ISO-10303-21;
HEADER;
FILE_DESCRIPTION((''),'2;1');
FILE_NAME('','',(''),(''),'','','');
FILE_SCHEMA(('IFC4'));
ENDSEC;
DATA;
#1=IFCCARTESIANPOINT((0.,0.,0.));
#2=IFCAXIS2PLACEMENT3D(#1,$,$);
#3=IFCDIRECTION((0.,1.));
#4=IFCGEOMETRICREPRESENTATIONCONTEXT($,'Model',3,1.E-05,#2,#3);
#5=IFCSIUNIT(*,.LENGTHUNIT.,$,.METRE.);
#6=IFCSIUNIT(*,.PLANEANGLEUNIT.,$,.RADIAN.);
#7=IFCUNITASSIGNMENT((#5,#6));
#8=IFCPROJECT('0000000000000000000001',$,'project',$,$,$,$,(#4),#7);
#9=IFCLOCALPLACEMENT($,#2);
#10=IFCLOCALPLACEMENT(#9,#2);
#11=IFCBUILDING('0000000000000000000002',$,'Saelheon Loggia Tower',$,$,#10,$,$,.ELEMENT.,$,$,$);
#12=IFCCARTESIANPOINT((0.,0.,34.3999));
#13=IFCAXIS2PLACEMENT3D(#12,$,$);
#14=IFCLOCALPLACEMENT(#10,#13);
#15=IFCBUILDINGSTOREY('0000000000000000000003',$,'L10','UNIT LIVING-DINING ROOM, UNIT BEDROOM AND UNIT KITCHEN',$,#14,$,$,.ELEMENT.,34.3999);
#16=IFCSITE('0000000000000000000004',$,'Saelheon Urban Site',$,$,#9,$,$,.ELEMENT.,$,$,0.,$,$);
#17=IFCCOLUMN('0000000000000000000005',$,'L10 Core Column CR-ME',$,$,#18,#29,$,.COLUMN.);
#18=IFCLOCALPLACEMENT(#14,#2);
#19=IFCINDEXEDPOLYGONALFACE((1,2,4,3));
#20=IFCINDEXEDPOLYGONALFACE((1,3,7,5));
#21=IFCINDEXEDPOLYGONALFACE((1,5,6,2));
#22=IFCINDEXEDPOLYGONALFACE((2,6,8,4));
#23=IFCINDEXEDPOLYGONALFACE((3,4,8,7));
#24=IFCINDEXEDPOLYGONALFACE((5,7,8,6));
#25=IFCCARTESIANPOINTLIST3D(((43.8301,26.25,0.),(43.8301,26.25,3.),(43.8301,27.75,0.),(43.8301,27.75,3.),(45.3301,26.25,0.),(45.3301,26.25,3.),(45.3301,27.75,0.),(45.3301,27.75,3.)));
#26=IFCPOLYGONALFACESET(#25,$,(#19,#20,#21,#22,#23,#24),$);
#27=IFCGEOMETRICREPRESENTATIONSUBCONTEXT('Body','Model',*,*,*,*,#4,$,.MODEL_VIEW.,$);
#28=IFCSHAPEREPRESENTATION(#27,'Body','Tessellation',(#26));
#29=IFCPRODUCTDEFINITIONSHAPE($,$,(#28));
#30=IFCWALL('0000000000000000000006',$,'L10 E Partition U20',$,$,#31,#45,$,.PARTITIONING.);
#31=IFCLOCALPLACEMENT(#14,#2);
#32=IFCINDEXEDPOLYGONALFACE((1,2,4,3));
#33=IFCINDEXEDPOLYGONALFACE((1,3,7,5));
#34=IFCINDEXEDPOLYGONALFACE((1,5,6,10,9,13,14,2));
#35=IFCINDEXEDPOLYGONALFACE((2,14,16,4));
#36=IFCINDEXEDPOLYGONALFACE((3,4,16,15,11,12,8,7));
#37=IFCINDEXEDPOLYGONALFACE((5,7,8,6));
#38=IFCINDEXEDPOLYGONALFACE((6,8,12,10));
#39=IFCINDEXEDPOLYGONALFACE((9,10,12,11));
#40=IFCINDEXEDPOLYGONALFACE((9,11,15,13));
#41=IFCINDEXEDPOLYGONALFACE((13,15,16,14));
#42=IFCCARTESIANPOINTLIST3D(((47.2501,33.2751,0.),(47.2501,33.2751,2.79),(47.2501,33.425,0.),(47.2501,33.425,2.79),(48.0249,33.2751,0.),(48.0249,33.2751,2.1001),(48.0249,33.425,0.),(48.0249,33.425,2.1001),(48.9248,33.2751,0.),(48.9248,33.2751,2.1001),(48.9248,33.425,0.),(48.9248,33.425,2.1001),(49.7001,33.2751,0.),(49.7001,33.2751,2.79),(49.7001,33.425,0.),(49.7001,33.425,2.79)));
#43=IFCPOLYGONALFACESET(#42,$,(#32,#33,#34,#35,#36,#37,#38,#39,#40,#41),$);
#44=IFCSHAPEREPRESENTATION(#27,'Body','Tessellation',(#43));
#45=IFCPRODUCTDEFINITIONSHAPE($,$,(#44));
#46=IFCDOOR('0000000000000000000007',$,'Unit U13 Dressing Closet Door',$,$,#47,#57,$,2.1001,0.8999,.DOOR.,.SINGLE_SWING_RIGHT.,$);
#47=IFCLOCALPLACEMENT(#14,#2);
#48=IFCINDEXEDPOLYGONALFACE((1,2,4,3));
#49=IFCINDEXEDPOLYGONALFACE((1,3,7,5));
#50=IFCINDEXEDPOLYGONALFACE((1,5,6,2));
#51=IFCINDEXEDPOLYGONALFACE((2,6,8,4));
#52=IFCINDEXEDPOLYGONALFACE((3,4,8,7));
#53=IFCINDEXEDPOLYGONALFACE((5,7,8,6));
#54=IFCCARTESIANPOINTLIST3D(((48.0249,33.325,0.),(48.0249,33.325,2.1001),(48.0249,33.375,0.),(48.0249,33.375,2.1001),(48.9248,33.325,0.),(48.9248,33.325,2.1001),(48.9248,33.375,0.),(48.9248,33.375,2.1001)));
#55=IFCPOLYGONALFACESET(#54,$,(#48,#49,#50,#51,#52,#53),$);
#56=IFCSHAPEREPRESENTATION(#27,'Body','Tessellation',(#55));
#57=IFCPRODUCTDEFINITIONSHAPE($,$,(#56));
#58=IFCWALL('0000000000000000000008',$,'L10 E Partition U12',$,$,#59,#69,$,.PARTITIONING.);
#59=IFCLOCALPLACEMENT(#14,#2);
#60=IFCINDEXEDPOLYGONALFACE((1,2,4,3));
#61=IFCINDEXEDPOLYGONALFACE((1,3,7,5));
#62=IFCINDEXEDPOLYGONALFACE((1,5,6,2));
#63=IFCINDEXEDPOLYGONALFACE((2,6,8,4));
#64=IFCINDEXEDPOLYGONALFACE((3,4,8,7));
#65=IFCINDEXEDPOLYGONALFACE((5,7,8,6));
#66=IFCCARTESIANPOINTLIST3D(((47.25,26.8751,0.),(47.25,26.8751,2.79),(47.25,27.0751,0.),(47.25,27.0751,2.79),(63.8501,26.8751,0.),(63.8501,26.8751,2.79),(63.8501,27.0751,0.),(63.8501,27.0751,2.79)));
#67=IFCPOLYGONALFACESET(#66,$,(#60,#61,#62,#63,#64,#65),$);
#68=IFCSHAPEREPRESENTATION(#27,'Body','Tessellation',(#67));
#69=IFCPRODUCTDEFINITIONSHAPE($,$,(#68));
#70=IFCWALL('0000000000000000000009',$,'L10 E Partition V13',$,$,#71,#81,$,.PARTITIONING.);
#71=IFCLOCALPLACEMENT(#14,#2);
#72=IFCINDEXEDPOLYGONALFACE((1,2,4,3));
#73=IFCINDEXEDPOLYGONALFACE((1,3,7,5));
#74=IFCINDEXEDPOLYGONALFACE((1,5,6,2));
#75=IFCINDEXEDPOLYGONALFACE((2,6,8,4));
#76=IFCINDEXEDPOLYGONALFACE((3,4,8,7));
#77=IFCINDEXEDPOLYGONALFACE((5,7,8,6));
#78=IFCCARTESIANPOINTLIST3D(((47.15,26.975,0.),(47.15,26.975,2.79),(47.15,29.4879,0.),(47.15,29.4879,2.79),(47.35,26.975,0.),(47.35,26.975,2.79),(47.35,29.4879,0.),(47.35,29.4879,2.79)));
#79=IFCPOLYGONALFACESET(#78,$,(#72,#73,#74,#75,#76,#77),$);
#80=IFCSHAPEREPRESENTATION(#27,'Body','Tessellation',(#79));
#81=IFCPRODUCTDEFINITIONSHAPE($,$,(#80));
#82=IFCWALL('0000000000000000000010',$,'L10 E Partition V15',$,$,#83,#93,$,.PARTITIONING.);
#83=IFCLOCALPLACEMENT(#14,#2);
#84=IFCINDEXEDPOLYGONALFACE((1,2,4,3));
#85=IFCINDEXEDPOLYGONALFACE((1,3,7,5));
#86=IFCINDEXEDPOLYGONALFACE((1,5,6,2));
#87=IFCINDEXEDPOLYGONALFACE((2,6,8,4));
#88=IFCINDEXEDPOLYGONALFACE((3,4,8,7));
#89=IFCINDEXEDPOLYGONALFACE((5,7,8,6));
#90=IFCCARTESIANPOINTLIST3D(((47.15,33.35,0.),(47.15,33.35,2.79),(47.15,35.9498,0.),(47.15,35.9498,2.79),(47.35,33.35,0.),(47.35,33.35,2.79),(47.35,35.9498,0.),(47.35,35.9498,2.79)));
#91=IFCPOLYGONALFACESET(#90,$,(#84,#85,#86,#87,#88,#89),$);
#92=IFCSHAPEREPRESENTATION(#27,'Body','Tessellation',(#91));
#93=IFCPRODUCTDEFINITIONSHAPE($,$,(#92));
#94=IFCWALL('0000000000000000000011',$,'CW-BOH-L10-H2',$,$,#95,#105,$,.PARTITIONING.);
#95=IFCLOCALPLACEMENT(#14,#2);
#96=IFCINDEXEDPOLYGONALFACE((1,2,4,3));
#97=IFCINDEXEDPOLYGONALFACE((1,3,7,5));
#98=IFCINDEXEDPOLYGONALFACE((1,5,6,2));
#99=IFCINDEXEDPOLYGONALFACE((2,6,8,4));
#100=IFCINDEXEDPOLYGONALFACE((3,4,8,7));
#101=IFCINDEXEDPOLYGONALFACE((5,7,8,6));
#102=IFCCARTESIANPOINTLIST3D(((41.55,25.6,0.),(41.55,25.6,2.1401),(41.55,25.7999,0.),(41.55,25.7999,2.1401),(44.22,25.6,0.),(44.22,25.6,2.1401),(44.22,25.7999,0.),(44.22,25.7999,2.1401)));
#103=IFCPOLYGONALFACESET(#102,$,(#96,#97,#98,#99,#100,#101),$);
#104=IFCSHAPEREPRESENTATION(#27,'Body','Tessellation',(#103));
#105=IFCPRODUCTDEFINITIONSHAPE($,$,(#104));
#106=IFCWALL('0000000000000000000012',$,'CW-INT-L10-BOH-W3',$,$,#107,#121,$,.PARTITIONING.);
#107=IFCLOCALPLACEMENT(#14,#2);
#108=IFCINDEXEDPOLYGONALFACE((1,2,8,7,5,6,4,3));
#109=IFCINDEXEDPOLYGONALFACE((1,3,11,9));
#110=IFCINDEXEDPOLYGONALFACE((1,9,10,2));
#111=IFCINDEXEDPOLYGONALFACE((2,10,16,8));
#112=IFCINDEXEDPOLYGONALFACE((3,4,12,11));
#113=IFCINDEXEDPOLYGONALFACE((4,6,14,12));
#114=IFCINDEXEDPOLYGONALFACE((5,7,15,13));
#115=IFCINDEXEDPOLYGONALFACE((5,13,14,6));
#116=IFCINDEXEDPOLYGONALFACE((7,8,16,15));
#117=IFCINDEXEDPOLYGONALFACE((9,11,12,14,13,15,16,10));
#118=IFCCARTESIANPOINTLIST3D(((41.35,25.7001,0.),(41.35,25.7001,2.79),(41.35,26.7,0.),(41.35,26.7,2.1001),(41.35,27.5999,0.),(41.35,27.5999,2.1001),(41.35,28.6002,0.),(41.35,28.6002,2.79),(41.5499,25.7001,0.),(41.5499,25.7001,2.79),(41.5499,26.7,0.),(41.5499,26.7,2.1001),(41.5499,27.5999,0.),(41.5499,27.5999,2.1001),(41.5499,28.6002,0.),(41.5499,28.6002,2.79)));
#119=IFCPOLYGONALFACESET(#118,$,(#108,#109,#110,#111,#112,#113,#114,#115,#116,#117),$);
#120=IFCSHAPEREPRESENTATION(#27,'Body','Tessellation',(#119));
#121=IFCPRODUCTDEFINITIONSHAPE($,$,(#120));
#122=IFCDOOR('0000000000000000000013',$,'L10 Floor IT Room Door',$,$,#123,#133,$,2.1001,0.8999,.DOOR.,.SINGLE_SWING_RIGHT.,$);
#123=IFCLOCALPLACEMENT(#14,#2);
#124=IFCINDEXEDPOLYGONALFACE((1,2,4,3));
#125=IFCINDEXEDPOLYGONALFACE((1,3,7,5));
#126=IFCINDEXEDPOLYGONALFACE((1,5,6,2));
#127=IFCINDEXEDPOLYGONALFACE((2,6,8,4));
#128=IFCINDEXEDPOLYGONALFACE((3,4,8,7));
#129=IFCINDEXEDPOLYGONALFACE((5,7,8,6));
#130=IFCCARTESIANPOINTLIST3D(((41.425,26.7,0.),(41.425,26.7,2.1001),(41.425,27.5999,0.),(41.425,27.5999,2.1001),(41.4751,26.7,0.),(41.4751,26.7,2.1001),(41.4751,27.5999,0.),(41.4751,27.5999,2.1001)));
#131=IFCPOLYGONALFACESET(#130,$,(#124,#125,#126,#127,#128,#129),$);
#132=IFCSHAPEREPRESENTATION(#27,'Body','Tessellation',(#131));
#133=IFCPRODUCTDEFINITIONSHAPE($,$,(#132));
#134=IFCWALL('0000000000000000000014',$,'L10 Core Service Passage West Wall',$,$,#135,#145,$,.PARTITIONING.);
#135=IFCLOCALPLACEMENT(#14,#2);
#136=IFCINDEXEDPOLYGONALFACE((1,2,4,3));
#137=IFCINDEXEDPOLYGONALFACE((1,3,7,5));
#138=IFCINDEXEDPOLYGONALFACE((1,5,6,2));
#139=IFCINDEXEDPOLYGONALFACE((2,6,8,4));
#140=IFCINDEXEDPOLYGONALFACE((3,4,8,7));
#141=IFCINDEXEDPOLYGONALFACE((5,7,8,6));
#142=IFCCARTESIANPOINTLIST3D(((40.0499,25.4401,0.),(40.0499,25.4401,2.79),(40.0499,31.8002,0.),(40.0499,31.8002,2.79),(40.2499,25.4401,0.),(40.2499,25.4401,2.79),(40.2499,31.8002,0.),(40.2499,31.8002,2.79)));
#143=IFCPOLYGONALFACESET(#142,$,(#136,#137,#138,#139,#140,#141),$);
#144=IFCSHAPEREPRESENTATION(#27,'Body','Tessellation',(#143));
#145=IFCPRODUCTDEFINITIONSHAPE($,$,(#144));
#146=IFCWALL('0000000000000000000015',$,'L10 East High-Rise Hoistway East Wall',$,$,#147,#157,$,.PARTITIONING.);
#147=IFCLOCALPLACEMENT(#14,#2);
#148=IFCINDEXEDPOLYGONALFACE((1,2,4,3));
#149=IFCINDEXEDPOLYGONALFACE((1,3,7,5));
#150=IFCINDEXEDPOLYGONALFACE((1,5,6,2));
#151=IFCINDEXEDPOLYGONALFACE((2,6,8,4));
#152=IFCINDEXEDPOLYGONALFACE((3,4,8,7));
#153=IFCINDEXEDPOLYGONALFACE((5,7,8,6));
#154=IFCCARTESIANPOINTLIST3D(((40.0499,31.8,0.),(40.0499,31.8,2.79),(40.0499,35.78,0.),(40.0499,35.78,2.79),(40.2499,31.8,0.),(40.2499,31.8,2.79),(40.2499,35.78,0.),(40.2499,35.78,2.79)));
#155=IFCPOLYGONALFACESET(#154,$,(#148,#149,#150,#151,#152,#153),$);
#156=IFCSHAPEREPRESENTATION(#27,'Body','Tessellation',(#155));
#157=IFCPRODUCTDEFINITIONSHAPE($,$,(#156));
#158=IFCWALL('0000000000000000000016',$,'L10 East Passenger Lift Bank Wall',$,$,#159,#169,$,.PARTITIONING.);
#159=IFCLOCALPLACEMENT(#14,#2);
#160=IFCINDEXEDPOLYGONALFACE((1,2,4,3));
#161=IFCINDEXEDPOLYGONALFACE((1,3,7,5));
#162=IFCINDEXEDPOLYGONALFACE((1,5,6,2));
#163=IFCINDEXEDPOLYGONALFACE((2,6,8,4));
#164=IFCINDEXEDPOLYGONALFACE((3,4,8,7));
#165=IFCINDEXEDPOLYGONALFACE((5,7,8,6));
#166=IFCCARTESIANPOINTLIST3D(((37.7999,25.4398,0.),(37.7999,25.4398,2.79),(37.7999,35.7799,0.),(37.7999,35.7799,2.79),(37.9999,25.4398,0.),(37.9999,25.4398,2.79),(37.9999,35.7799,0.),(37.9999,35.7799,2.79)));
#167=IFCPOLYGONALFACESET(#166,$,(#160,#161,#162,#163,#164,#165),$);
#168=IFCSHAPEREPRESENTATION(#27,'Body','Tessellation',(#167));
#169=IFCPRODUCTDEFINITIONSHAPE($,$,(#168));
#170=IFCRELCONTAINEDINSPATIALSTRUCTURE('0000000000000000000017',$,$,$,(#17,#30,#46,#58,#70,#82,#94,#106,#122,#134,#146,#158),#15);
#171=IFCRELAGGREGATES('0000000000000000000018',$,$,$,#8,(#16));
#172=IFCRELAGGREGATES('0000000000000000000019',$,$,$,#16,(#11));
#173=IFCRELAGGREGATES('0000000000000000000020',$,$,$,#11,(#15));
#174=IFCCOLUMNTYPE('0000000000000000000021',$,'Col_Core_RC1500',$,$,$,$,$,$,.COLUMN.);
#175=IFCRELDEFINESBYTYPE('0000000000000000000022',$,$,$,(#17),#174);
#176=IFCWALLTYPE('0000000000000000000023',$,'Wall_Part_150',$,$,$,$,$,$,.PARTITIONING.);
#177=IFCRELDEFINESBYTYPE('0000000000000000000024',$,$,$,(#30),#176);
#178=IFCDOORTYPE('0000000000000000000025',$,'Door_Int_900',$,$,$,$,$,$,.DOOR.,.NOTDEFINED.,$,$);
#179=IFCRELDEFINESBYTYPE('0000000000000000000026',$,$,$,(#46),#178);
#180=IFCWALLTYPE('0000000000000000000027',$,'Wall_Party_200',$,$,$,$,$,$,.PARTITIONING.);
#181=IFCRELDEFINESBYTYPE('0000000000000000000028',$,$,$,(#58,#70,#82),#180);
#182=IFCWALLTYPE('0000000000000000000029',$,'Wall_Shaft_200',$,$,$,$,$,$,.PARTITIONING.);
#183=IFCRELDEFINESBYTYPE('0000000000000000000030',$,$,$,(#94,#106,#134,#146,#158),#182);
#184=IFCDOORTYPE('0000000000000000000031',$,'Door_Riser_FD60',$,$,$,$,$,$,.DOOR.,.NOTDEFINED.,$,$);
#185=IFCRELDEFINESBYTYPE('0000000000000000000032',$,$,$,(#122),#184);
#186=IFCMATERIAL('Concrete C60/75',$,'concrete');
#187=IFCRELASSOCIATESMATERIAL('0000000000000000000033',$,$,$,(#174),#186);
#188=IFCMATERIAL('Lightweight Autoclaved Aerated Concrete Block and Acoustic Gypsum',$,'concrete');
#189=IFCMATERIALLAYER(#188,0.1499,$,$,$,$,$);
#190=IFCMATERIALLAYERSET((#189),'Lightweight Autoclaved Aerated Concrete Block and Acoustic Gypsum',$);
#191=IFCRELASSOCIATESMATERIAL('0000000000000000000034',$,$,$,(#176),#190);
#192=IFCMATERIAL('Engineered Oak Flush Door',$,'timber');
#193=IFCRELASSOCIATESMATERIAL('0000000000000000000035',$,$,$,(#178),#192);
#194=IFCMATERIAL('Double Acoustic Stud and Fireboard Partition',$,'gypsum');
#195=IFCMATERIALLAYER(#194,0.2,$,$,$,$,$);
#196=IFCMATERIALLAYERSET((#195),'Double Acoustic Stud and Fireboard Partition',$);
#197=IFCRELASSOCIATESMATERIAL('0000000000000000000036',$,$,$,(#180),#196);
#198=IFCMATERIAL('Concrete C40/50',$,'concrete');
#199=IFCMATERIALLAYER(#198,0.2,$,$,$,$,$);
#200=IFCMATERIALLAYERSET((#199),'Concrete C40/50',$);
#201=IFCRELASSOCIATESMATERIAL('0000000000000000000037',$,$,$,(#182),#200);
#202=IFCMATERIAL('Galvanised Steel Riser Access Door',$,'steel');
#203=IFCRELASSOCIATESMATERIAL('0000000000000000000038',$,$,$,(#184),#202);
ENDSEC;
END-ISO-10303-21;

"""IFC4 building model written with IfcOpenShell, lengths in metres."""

from ifc_helpers import new_model, si_unit, direction, frame, frame_2d, origin, origin_2d, place, context, subcontext, project, spatial, rectangle, extrude, source, transform, mapped, material, layer, layer_set, material_profile, profile_set, type_object, element, fill, save


model = new_model("IFC4")

# Units and contexts
model_context = context("Model", 3, precision=1e-05, world=origin(), true_north=direction((0.0, 1.0)))
body_context = subcontext(model_context, "Body", "Model", "MODEL_VIEW")
ifc_project = project(units=[si_unit("LENGTHUNIT", "METRE"), si_unit("PLANEANGLEUNIT", "RADIAN")], contexts=[model_context])

# Site, building, storey
site_placement = place(None, origin())
site = spatial("IfcSite", under=ifc_project, at=site_placement, Name="Saelheon Urban Site", CompositionType="ELEMENT", RefElevation=0.0)
building_placement = place(site_placement, origin())
building = spatial("IfcBuilding", under=site, at=building_placement, Name="Saelheon Loggia Tower", CompositionType="ELEMENT")
storey_placement = place(building_placement, frame((0.0, 0.0, 34.3999)))
storey = spatial("IfcBuildingStorey", under=building, at=storey_placement, Name="L10", Description="UNIT LIVING-DINING ROOM, UNIT BEDROOM AND UNIT KITCHEN", CompositionType="ELEMENT", Elevation=34.3999)

# Column
ifc_material_1 = material(Name="Concrete C60/75", Category="concrete")
ifc_material_profile = material_profile(ifc_material_1, rectangle(XDim=1.5, YDim=1.5, at=origin_2d()), Name="RC-1500x1500")
ifc_profile_set = profile_set([ifc_material_profile], Name="Concrete C60/75")
column_type = type_object("IfcColumnType", Name="Col_Core_RC1500", PredefinedType="COLUMN", material=ifc_profile_set)
shared_shape_1 = source(origin(), body_context, "Body", "SweptSolid", [
    extrude(rectangle(XDim=1.5, YDim=1.5, at=origin_2d()), origin(), (0.0, 0.0, 1.0), 3.0),
])
column_placement = place(storey_placement, frame((44.5801, 27.0, 0.0), z_axis=(0.0, 0.0, 1.0), x_axis=(1.0, 0.0, 0.0)))
element("IfcColumn", 1, at=column_placement, inside=storey, type_object=column_type, Name="L10 Core Column CR-ME", PredefinedType="COLUMN", context=body_context, shape_type="MappedRepresentation", body=[
    mapped(shared_shape_1, transform((0.0, 0.0, 0.0), scale=1.0)),
])

# Wall, opening, door
ifc_material_2 = material(Name="Lightweight Autoclaved Aerated Concrete Block and Acoustic Gypsum", Category="concrete")
ifc_layer_1 = layer(ifc_material_2, 0.1499)
ifc_layer_set_1 = layer_set([ifc_layer_1], Name="Lightweight Autoclaved Aerated Concrete Block and Acoustic Gypsum")
wall_type_1 = type_object("IfcWallType", Name="Wall_Part_150", PredefinedType="PARTITIONING", material=ifc_layer_set_1)
wall_1_placement = place(storey_placement, frame((47.25, 33.3501, 0.0), z_axis=(0.0, 0.0, 1.0), x_axis=(1.0, 0.0, 0.0)))
wall_1 = element("IfcWall", 2, at=wall_1_placement, inside=storey, type_object=wall_type_1, Name="L10 E Partition U20", PredefinedType="PARTITIONING", context=body_context, shape_type="SweptSolid", body=[
    extrude(rectangle(XDim=2.45, YDim=0.1499, at=frame_2d((1.2251, 0.0))), origin(), (0.0, 0.0, 1.0), 2.79),
])
opening_1_placement = place(wall_1_placement, frame((0.7749, 0.0, 0.0)))
opening_1 = element("IfcOpeningElement", 3, at=opening_1_placement, cuts=wall_1, PredefinedType="OPENING", context=body_context, shape_type="SweptSolid", body=[
    extrude(rectangle(XDim=0.8999, YDim=2.1001, at=frame_2d((0.45, 1.05))), frame((0.0, 0.0869, 0.0), z_axis=(0.0, -1.0, 0.0), x_axis=(1.0, 0.0, 0.0)), (0.0, 0.0, 1.0), 0.1738),
])
ifc_material_3 = material(Name="Engineered Oak Flush Door", Category="timber")
door_type_1 = type_object("IfcDoorType", Name="Door_Int_900", OperationType="NOTDEFINED", PredefinedType="DOOR", material=ifc_material_3)
shared_shape_2 = source(origin(), body_context, "Body", "SweptSolid", [
    extrude(rectangle(XDim=0.8999, YDim=2.1001, at=frame_2d((0.45, 1.05))), frame((0.0, 0.0249, 0.0), z_axis=(0.0, -1.0, 0.0), x_axis=(1.0, 0.0, 0.0)), (0.0, 0.0, 1.0), 0.05),
])
door_1_placement = place(opening_1_placement, origin())
door_1 = element("IfcDoor", 4, at=door_1_placement, inside=storey, type_object=door_type_1, Name="Unit U13 Dressing Closet Door", OperationType="SINGLE_SWING_RIGHT", OverallHeight=2.1001, OverallWidth=0.8999, PredefinedType="DOOR", context=body_context, shape_type="MappedRepresentation", body=[
    mapped(shared_shape_2, transform((0.0, 0.0, 0.0), scale=1.0)),
])
fill(opening_1, door_1)

# Walls
ifc_material_4 = material(Name="Double Acoustic Stud and Fireboard Partition", Category="gypsum")
ifc_layer_2 = layer(ifc_material_4, 0.2)
ifc_layer_set_2 = layer_set([ifc_layer_2], Name="Double Acoustic Stud and Fireboard Partition")
wall_type_2 = type_object("IfcWallType", Name="Wall_Party_200", PredefinedType="PARTITIONING", material=ifc_layer_set_2)
wall_2_placement = place(storey_placement, frame((47.25, 26.9751, 0.0), z_axis=(0.0, 0.0, 1.0), x_axis=(1.0, 0.0, 0.0)))
element("IfcWall", 5, at=wall_2_placement, inside=storey, type_object=wall_type_2, Name="L10 E Partition U12", PredefinedType="PARTITIONING", context=body_context, shape_type="SweptSolid", body=[
    extrude(rectangle(XDim=16.6001, YDim=0.2, at=frame_2d((8.3, 0.0))), origin(), (0.0, 0.0, 1.0), 2.79),
])
wall_3_placement = place(storey_placement, frame((47.25, 26.9751, 0.0), z_axis=(0.0, 0.0, 1.0), x_axis=(0.0, 1.0, 0.0)))
element("IfcWall", 6, at=wall_3_placement, inside=storey, type_object=wall_type_2, Name="L10 E Partition V13", PredefinedType="PARTITIONING", context=body_context, shape_type="SweptSolid", body=[
    extrude(rectangle(XDim=2.5129, YDim=0.2, at=frame_2d((1.2563, 0.0))), origin(), (0.0, 0.0, 1.0), 2.79),
])

# Walls
wall_4_placement = place(storey_placement, frame((47.25, 33.3501, 0.0), z_axis=(0.0, 0.0, 1.0), x_axis=(0.0, 1.0, 0.0)))
element("IfcWall", 7, at=wall_4_placement, inside=storey, type_object=wall_type_2, Name="L10 E Partition V15", PredefinedType="PARTITIONING", context=body_context, shape_type="SweptSolid", body=[
    extrude(rectangle(XDim=2.5999, YDim=0.2, at=frame_2d((1.2998, 0.0))), origin(), (0.0, 0.0, 1.0), 2.79),
])
ifc_material_5 = material(Name="Concrete C40/50", Category="concrete")
ifc_layer_3 = layer(ifc_material_5, 0.2)
ifc_layer_set_3 = layer_set([ifc_layer_3], Name="Concrete C40/50")
wall_type_3 = type_object("IfcWallType", Name="Wall_Shaft_200", PredefinedType="PARTITIONING", material=ifc_layer_set_3)
wall_5_placement = place(storey_placement, frame((41.55, 25.7, 0.0), z_axis=(0.0, 0.0, 1.0), x_axis=(1.0, 0.0, 0.0)))
element("IfcWall", 8, at=wall_5_placement, inside=storey, type_object=wall_type_3, Name="CW-BOH-L10-H2", PredefinedType="PARTITIONING", context=body_context, shape_type="SweptSolid", body=[
    extrude(rectangle(XDim=2.6699, YDim=0.2, at=frame_2d((1.335, 0.0))), origin(), (0.0, 0.0, 1.0), 2.1401),
])

# Wall, opening, door
wall_6_placement = place(storey_placement, frame((41.45, 25.7, 0.0), z_axis=(0.0, 0.0, 1.0), x_axis=(0.0, 1.0, 0.0)))
wall_6 = element("IfcWall", 9, at=wall_6_placement, inside=storey, type_object=wall_type_3, Name="CW-INT-L10-BOH-W3", PredefinedType="PARTITIONING", context=body_context, shape_type="SweptSolid", body=[
    extrude(rectangle(XDim=2.9001, YDim=0.2, at=frame_2d((1.4502, 0.0))), origin(), (0.0, 0.0, 1.0), 2.79),
])
opening_2_placement = place(wall_6_placement, frame((1.0, 0.0, 0.0)))
opening_2 = element("IfcOpeningElement", 10, at=opening_2_placement, cuts=wall_6, PredefinedType="OPENING", context=body_context, shape_type="SweptSolid", body=[
    extrude(rectangle(XDim=0.8999, YDim=2.1001, at=frame_2d((0.45, 1.05))), frame((0.0, 0.1121, 0.0), z_axis=(0.0, -1.0, 0.0), x_axis=(1.0, 0.0, 0.0)), (0.0, 0.0, 1.0), 0.2239),
])
ifc_material_6 = material(Name="Galvanised Steel Riser Access Door", Category="steel")
door_type_2 = type_object("IfcDoorType", Name="Door_Riser_FD60", OperationType="NOTDEFINED", PredefinedType="DOOR", material=ifc_material_6)
door_2_placement = place(opening_2_placement, origin())
door_2 = element("IfcDoor", 11, at=door_2_placement, inside=storey, type_object=door_type_2, Name="L10 Floor IT Room Door", OperationType="SINGLE_SWING_RIGHT", OverallHeight=2.1001, OverallWidth=0.8999, PredefinedType="DOOR", context=body_context, shape_type="MappedRepresentation", body=[
    mapped(shared_shape_2, transform((0.0, 0.0, 0.0), scale=1.0)),
])
fill(opening_2, door_2)

# Walls
wall_7_placement = place(storey_placement, frame((40.1499, 25.4399, 0.0), z_axis=(0.0, 0.0, 1.0), x_axis=(0.0, 1.0, 0.0)))
element("IfcWall", 12, at=wall_7_placement, inside=storey, type_object=wall_type_3, Name="L10 Core Service Passage West Wall", PredefinedType="PARTITIONING", context=body_context, shape_type="SweptSolid", body=[
    extrude(rectangle(XDim=6.3601, YDim=0.2, at=frame_2d((3.1802, 0.0))), origin(), (0.0, 0.0, 1.0), 2.79),
])
wall_8_placement = place(storey_placement, frame((40.1499, 31.8, 0.0), z_axis=(0.0, 0.0, 1.0), x_axis=(0.0, 1.0, 0.0)))
element("IfcWall", 13, at=wall_8_placement, inside=storey, type_object=wall_type_3, Name="L10 East High-Rise Hoistway East Wall", PredefinedType="PARTITIONING", context=body_context, shape_type="SweptSolid", body=[
    extrude(rectangle(XDim=3.98, YDim=0.2, at=frame_2d((1.99, 0.0))), origin(), (0.0, 0.0, 1.0), 2.79),
])
wall_9_placement = place(storey_placement, frame((37.8999, 25.4399, 0.0), z_axis=(0.0, 0.0, 1.0), x_axis=(0.0, 1.0, 0.0)))
element("IfcWall", 14, at=wall_9_placement, inside=storey, type_object=wall_type_3, Name="L10 East Passenger Lift Bank Wall", PredefinedType="PARTITIONING", context=body_context, shape_type="SweptSolid", body=[
    extrude(rectangle(XDim=10.3401, YDim=0.2, at=frame_2d((5.1699, 0.0))), origin(), (0.0, 0.0, 1.0), 2.79),
])

save(model, "model.ifc")
